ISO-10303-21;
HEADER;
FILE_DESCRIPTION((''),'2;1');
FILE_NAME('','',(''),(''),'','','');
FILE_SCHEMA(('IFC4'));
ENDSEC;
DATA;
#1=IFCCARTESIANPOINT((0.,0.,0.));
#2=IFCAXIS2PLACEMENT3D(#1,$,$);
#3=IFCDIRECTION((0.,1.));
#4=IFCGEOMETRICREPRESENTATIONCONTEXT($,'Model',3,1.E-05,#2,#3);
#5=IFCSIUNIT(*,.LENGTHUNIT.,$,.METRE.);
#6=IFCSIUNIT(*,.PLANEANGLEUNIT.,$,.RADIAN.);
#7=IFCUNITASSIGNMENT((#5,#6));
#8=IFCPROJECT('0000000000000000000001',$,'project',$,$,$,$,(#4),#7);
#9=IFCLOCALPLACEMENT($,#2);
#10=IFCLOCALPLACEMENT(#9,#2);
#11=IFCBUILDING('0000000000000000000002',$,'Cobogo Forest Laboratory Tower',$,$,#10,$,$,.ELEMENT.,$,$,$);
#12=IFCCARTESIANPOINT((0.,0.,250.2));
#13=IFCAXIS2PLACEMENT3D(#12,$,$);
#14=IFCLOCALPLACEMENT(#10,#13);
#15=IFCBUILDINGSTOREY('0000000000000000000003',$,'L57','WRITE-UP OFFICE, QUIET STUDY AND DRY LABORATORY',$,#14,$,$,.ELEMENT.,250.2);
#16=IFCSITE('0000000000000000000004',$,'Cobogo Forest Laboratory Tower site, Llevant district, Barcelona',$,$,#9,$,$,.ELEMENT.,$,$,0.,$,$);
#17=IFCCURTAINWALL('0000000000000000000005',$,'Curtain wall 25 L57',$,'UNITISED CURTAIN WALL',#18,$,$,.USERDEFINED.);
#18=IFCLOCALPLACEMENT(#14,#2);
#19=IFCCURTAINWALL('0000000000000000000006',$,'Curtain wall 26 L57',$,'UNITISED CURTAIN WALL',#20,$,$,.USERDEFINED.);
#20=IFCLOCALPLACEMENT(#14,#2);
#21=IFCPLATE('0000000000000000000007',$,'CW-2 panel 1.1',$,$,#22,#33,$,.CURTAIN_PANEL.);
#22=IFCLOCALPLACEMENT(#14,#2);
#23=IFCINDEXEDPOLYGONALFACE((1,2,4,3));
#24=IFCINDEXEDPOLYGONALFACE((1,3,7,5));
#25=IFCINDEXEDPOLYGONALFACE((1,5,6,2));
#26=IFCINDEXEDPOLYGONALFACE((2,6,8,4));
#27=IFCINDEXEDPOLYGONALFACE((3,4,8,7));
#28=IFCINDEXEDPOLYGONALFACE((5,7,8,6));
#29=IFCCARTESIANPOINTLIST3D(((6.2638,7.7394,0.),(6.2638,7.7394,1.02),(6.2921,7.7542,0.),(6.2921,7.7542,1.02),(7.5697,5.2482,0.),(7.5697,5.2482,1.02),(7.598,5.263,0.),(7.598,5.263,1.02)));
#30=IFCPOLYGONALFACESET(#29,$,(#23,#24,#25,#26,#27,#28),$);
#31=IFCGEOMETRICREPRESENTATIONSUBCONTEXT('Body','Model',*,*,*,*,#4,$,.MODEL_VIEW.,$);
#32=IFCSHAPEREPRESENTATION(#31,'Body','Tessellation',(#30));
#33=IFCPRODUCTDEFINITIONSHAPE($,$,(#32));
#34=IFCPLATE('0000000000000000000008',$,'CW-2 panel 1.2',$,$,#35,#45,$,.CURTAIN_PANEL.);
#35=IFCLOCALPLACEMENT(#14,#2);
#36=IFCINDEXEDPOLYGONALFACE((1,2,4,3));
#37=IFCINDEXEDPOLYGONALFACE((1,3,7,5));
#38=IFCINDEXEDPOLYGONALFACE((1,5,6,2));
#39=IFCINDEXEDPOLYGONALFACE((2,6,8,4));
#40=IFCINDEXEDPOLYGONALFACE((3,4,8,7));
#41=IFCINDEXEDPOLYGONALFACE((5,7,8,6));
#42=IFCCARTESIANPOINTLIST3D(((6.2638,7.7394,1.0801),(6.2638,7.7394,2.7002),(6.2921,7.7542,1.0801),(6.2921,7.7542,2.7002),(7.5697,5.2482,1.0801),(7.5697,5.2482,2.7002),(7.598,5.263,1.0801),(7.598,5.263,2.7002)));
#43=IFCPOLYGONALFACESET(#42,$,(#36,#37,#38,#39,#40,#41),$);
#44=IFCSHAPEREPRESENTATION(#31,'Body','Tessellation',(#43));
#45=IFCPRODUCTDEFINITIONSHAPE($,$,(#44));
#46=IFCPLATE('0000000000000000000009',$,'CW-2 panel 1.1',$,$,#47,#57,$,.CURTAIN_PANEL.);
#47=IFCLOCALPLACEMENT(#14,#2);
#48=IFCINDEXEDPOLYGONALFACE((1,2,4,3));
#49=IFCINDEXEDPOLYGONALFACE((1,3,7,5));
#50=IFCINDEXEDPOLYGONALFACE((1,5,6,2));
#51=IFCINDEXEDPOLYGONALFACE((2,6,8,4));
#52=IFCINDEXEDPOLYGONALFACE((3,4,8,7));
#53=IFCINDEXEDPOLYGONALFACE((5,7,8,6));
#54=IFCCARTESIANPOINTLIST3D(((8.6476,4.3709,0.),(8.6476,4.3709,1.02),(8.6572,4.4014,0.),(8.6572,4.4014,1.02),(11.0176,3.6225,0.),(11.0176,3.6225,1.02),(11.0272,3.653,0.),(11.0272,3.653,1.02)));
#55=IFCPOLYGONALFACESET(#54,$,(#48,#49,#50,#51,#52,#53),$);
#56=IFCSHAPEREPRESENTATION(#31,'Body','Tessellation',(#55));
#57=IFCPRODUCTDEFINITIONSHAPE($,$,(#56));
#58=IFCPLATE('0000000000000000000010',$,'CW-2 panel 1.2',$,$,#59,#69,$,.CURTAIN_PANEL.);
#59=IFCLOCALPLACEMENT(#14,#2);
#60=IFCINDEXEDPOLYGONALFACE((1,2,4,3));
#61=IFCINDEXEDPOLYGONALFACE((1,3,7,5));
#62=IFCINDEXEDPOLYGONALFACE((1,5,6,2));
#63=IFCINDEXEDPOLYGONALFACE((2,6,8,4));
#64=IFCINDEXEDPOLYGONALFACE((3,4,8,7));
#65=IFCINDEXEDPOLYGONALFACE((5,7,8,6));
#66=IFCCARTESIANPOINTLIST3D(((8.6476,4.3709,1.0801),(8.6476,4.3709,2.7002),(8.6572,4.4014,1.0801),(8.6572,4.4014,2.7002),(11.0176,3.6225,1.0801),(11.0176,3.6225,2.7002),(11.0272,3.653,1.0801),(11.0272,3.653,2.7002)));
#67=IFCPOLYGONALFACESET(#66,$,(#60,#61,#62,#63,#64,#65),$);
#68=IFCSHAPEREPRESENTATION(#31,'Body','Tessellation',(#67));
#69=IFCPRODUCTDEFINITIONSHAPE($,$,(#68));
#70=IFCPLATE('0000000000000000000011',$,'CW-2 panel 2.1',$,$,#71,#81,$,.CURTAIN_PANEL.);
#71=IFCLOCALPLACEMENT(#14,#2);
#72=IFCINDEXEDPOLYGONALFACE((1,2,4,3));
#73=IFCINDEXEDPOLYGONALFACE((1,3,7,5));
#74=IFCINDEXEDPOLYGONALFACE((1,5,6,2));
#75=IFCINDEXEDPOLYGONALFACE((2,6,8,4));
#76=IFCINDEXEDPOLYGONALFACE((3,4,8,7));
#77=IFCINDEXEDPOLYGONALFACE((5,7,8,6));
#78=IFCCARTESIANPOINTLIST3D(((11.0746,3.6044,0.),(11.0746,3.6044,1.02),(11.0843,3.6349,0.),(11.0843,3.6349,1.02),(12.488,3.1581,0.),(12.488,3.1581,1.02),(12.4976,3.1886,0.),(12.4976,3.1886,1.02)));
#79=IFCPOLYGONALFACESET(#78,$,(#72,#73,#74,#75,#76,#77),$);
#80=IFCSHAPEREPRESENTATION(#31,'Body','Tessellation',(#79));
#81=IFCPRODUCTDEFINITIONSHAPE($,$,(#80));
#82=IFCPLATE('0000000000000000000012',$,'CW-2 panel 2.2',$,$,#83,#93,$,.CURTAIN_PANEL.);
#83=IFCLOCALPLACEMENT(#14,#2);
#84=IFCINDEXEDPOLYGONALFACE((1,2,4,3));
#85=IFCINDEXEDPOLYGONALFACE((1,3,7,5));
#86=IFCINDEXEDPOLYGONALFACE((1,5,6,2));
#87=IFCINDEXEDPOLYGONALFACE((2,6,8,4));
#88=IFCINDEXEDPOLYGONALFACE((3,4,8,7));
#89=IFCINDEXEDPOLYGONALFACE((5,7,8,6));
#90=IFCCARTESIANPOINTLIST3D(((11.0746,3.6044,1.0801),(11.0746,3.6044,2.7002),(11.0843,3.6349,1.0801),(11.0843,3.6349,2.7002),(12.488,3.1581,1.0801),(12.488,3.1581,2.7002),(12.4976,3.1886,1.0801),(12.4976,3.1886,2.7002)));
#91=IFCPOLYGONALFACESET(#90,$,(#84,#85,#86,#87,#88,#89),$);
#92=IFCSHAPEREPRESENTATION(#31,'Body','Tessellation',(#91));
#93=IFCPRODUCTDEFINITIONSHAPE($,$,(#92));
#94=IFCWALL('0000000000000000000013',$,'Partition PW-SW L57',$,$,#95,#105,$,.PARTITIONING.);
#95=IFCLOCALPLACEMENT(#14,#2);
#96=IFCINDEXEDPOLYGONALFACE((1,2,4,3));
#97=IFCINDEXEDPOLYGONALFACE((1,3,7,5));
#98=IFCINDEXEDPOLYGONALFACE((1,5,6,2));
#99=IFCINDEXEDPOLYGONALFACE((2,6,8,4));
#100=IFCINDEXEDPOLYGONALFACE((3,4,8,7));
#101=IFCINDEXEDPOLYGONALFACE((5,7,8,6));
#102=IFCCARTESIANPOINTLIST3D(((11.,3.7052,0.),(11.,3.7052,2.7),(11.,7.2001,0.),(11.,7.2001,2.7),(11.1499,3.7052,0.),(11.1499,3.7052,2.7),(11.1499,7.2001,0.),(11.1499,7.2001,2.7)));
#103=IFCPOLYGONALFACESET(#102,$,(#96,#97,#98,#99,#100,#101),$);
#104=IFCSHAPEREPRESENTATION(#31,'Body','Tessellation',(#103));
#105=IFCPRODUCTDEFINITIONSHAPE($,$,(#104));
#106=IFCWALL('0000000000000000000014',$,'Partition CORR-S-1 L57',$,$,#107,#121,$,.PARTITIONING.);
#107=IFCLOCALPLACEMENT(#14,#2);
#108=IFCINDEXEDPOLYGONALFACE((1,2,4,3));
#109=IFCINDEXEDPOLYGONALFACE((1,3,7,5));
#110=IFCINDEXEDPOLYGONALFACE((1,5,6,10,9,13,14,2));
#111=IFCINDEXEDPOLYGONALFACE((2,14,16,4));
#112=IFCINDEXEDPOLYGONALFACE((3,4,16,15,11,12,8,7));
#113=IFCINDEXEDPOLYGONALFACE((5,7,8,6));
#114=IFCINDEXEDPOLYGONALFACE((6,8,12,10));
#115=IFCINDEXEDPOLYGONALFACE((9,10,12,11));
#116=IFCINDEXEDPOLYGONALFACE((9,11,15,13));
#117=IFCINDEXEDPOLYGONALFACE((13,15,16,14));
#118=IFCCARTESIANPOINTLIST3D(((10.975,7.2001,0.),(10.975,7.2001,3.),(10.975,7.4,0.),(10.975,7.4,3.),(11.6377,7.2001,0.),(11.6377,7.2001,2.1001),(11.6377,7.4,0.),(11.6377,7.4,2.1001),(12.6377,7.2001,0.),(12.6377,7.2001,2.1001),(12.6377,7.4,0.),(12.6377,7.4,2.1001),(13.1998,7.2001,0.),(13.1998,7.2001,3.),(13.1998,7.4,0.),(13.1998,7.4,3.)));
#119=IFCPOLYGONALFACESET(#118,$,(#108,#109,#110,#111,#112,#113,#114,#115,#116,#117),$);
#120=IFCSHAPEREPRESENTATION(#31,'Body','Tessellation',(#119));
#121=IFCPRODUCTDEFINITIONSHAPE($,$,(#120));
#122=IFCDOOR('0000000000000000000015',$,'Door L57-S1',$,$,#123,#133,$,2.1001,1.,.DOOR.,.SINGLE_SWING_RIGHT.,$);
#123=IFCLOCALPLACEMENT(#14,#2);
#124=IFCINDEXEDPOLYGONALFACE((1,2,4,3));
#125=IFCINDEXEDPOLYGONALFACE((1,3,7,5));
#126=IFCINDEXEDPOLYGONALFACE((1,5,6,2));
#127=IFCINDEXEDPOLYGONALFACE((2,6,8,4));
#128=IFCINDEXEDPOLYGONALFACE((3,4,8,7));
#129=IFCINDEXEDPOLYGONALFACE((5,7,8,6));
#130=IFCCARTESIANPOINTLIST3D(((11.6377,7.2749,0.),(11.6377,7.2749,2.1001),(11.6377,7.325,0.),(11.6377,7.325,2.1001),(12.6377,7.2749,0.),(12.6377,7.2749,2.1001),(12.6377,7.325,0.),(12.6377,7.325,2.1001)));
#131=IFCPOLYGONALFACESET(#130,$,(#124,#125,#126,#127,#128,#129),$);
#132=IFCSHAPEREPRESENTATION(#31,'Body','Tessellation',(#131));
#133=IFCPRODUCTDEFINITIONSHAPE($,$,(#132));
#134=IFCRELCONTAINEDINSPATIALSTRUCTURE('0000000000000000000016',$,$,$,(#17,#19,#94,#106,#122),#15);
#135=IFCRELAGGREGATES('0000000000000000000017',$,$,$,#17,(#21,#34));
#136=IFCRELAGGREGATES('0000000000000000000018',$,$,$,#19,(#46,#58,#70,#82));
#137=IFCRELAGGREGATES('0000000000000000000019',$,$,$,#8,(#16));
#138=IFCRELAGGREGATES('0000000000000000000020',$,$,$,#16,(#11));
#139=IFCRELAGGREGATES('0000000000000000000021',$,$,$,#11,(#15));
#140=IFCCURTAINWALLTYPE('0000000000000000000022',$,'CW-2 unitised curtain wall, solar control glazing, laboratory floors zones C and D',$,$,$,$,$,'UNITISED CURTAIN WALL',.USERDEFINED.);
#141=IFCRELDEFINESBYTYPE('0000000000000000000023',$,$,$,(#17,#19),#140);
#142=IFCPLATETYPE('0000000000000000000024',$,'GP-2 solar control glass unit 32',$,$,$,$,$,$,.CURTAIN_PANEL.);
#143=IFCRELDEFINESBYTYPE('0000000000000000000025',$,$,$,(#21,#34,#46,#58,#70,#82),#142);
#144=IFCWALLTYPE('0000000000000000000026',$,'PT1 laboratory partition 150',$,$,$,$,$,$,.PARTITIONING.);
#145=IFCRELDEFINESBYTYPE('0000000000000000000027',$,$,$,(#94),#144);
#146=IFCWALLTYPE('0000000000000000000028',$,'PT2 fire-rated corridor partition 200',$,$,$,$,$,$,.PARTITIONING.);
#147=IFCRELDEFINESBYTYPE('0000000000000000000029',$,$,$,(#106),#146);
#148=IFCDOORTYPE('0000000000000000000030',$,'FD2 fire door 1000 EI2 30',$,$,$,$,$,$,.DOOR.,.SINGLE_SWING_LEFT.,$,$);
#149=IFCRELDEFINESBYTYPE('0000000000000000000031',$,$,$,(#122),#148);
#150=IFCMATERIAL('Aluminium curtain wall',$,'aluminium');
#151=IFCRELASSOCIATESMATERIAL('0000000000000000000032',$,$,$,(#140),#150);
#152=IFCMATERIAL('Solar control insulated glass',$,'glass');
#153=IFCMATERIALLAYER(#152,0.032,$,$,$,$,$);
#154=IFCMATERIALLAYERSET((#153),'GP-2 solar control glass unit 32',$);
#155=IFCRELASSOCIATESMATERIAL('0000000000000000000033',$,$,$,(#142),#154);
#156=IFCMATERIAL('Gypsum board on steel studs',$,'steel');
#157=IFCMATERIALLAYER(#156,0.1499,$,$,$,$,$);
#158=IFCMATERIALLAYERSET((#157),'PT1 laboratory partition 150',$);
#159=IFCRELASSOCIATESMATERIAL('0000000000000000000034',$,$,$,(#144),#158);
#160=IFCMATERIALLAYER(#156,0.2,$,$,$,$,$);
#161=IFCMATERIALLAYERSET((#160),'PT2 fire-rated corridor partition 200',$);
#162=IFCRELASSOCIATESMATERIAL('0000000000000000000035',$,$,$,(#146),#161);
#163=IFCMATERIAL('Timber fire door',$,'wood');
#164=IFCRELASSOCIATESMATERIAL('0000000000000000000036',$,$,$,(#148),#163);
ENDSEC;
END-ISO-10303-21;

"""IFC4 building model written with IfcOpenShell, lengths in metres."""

from ifc_helpers import new_model, si_unit, direction, frame, frame_2d, origin, origin_2d, place, context, subcontext, project, spatial, rectangle, extrude, material, layer, layer_set, type_object, element, fill, aggregate, save


model = new_model("IFC4")

# Units and contexts
model_context = context("Model", 3, precision=1e-05, world=origin(), true_north=direction((0.0, 1.0)))
body_context = subcontext(model_context, "Body", "Model", "MODEL_VIEW")
ifc_project = project(units=[si_unit("LENGTHUNIT", "METRE"), si_unit("PLANEANGLEUNIT", "RADIAN")], contexts=[model_context])

# Site, building, storey
site_placement = place(None, origin())
site = spatial("IfcSite", under=ifc_project, at=site_placement, Name="Cobogo Forest Laboratory Tower site, Llevant district, Barcelona", CompositionType="ELEMENT", RefElevation=0.0)
building_placement = place(site_placement, origin())
building = spatial("IfcBuilding", under=site, at=building_placement, Name="Cobogo Forest Laboratory Tower", CompositionType="ELEMENT")
storey_placement = place(building_placement, frame((0.0, 0.0, 250.2)))
storey = spatial("IfcBuildingStorey", under=building, at=storey_placement, Name="L57", Description="WRITE-UP OFFICE, QUIET STUDY AND DRY LABORATORY", CompositionType="ELEMENT", Elevation=250.2)

# Curtain walls
ifc_material_1 = material(Name="Aluminium curtain wall", Category="aluminium")
curtain_wall_type = type_object("IfcCurtainWallType", Name="CW-2 unitised curtain wall, solar control glazing, laboratory floors zones C and D", ElementType="UNITISED CURTAIN WALL", PredefinedType="USERDEFINED", material=ifc_material_1)
curtain_wall_1_placement = place(storey_placement, origin())
curtain_wall_1 = element("IfcCurtainWall", 1, at=curtain_wall_1_placement, inside=storey, type_object=curtain_wall_type, Name="Curtain wall 25 L57", ObjectType="UNITISED CURTAIN WALL", PredefinedType="USERDEFINED")
curtain_wall_2_placement = place(storey_placement, origin())
curtain_wall_2 = element("IfcCurtainWall", 2, at=curtain_wall_2_placement, inside=storey, type_object=curtain_wall_type, Name="Curtain wall 26 L57", ObjectType="UNITISED CURTAIN WALL", PredefinedType="USERDEFINED")

# Plates
ifc_material_2 = material(Name="Solar control insulated glass", Category="glass")
ifc_layer_1 = layer(ifc_material_2, 0.032)
ifc_layer_set_1 = layer_set([ifc_layer_1], Name="GP-2 solar control glass unit 32")
plate_type = type_object("IfcPlateType", Name="GP-2 solar control glass unit 32", PredefinedType="CURTAIN_PANEL", material=ifc_layer_set_1)
plate_1_placement = place(storey_placement, frame((6.9309, 6.5012, 0.0), z_axis=(0.0, 0.0, 1.0), x_axis=(0.464284, -0.885686, 0.0)))
plate_1 = element("IfcPlate", 3, at=plate_1_placement, type_object=plate_type, Name="CW-2 panel 1.1", PredefinedType="CURTAIN_PANEL", context=body_context, shape_type="SweptSolid", body=[
    extrude(rectangle(XDim=2.8127, YDim=0.032, at=origin_2d()), origin(), (0.0, 0.0, 1.0), 1.02),
])
plate_2_placement = place(storey_placement, frame((6.9309, 6.5012, 1.0801), z_axis=(0.0, 0.0, 1.0), x_axis=(0.464284, -0.885686, 0.0)))
plate_2 = element("IfcPlate", 4, at=plate_2_placement, type_object=plate_type, Name="CW-2 panel 1.2", PredefinedType="CURTAIN_PANEL", context=body_context, shape_type="SweptSolid", body=[
    extrude(rectangle(XDim=2.8127, YDim=0.032, at=origin_2d()), origin(), (0.0, 0.0, 1.0), 1.6201),
])
aggregate(curtain_wall_1, [plate_1, plate_2])
plate_3_placement = place(storey_placement, frame((9.8374, 4.012, 0.0), z_axis=(0.0, 0.0, 1.0), x_axis=(0.953581, -0.301135, 0.0)))
plate_3 = element("IfcPlate", 5, at=plate_3_placement, type_object=plate_type, Name="CW-2 panel 1.1", PredefinedType="CURTAIN_PANEL", context=body_context, shape_type="SweptSolid", body=[
    extrude(rectangle(XDim=2.4854, YDim=0.032, at=origin_2d()), origin(), (0.0, 0.0, 1.0), 1.02),
])
plate_4_placement = place(storey_placement, frame((9.8374, 4.012, 1.0801), z_axis=(0.0, 0.0, 1.0), x_axis=(0.953581, -0.301135, 0.0)))
plate_4 = element("IfcPlate", 6, at=plate_4_placement, type_object=plate_type, Name="CW-2 panel 1.2", PredefinedType="CURTAIN_PANEL", context=body_context, shape_type="SweptSolid", body=[
    extrude(rectangle(XDim=2.4854, YDim=0.032, at=origin_2d()), origin(), (0.0, 0.0, 1.0), 1.6201),
])
plate_5_placement = place(storey_placement, frame((11.7861, 3.3965, 0.0), z_axis=(0.0, 0.0, 1.0), x_axis=(0.953581, -0.301135, 0.0)))
plate_5 = element("IfcPlate", 7, at=plate_5_placement, type_object=plate_type, Name="CW-2 panel 2.1", PredefinedType="CURTAIN_PANEL", context=body_context, shape_type="SweptSolid", body=[
    extrude(rectangle(XDim=1.4822, YDim=0.032, at=origin_2d()), origin(), (0.0, 0.0, 1.0), 1.02),
])
plate_6_placement = place(storey_placement, frame((11.7861, 3.3965, 1.0801), z_axis=(0.0, 0.0, 1.0), x_axis=(0.953581, -0.301135, 0.0)))
plate_6 = element("IfcPlate", 8, at=plate_6_placement, type_object=plate_type, Name="CW-2 panel 2.2", PredefinedType="CURTAIN_PANEL", context=body_context, shape_type="SweptSolid", body=[
    extrude(rectangle(XDim=1.4822, YDim=0.032, at=origin_2d()), origin(), (0.0, 0.0, 1.0), 1.6201),
])
aggregate(curtain_wall_2, [plate_3, plate_4, plate_5, plate_6])

# Wall
ifc_material_3 = material(Name="Gypsum board on steel studs", Category="steel")
ifc_layer_2 = layer(ifc_material_3, 0.1499)
ifc_layer_set_2 = layer_set([ifc_layer_2], Name="PT1 laboratory partition 150")
wall_type_1 = type_object("IfcWallType", Name="PT1 laboratory partition 150", PredefinedType="PARTITIONING", material=ifc_layer_set_2)
wall_1_placement = place(storey_placement, frame((11.075, 3.7051, 0.0), z_axis=(0.0, 0.0, 1.0), x_axis=(0.0, 1.0, 0.0)))
element("IfcWall", 9, at=wall_1_placement, inside=storey, type_object=wall_type_1, Name="Partition PW-SW L57", PredefinedType="PARTITIONING", context=body_context, shape_type="SweptSolid", body=[
    extrude(rectangle(XDim=3.4949, YDim=0.1499, at=frame_2d((1.7476, 0.0))), origin(), (0.0, 0.0, 1.0), 2.7),
])

# Wall, opening, door
ifc_layer_3 = layer(ifc_material_3, 0.2)
ifc_layer_set_3 = layer_set([ifc_layer_3], Name="PT2 fire-rated corridor partition 200")
wall_type_2 = type_object("IfcWallType", Name="PT2 fire-rated corridor partition 200", PredefinedType="PARTITIONING", material=ifc_layer_set_3)
wall_2_placement = place(storey_placement, frame((10.9751, 7.3, 0.0), z_axis=(0.0, 0.0, 1.0), x_axis=(1.0, 0.0, 0.0)))
wall_2 = element("IfcWall", 10, at=wall_2_placement, inside=storey, type_object=wall_type_2, Name="Partition CORR-S-1 L57", PredefinedType="PARTITIONING", context=body_context, shape_type="SweptSolid", body=[
    extrude(rectangle(XDim=2.2249, YDim=0.2, at=frame_2d((1.1123, 0.0))), origin(), (0.0, 0.0, 1.0), 3.0),
])
opening_1_placement = place(wall_2_placement, frame((0.6626, 0.0, 0.0)))
opening_1 = element("IfcOpeningElement", 11, at=opening_1_placement, cuts=wall_2, PredefinedType="OPENING", context=body_context, shape_type="SweptSolid", body=[
    extrude(rectangle(XDim=1.0, YDim=2.1001, at=frame_2d((0.5, 1.05))), frame((0.0, 0.1099, 0.0), z_axis=(0.0, -1.0, 0.0), x_axis=(1.0, 0.0, 0.0)), (0.0, 0.0, 1.0), 0.22),
])
ifc_material_4 = material(Name="Timber fire door", Category="wood")
door_type_1 = type_object("IfcDoorType", Name="FD2 fire door 1000 EI2 30", OperationType="SINGLE_SWING_LEFT", PredefinedType="DOOR", material=ifc_material_4)
door_1_placement = place(opening_1_placement, origin())
door_1 = element("IfcDoor", 12, at=door_1_placement, inside=storey, type_object=door_type_1, Name="Door L57-S1", OperationType="SINGLE_SWING_RIGHT", OverallHeight=2.1001, OverallWidth=1.0, PredefinedType="DOOR", context=body_context, shape_type="SweptSolid", body=[
    extrude(rectangle(XDim=1.0, YDim=2.1001, at=frame_2d((0.5, 1.05))), frame((0.0, 0.0249, 0.0), z_axis=(0.0, -1.0, 0.0), x_axis=(1.0, 0.0, 0.0)), (0.0, 0.0, 1.0), 0.05),
])
fill(opening_1, door_1)

save(model, "model.ifc")
